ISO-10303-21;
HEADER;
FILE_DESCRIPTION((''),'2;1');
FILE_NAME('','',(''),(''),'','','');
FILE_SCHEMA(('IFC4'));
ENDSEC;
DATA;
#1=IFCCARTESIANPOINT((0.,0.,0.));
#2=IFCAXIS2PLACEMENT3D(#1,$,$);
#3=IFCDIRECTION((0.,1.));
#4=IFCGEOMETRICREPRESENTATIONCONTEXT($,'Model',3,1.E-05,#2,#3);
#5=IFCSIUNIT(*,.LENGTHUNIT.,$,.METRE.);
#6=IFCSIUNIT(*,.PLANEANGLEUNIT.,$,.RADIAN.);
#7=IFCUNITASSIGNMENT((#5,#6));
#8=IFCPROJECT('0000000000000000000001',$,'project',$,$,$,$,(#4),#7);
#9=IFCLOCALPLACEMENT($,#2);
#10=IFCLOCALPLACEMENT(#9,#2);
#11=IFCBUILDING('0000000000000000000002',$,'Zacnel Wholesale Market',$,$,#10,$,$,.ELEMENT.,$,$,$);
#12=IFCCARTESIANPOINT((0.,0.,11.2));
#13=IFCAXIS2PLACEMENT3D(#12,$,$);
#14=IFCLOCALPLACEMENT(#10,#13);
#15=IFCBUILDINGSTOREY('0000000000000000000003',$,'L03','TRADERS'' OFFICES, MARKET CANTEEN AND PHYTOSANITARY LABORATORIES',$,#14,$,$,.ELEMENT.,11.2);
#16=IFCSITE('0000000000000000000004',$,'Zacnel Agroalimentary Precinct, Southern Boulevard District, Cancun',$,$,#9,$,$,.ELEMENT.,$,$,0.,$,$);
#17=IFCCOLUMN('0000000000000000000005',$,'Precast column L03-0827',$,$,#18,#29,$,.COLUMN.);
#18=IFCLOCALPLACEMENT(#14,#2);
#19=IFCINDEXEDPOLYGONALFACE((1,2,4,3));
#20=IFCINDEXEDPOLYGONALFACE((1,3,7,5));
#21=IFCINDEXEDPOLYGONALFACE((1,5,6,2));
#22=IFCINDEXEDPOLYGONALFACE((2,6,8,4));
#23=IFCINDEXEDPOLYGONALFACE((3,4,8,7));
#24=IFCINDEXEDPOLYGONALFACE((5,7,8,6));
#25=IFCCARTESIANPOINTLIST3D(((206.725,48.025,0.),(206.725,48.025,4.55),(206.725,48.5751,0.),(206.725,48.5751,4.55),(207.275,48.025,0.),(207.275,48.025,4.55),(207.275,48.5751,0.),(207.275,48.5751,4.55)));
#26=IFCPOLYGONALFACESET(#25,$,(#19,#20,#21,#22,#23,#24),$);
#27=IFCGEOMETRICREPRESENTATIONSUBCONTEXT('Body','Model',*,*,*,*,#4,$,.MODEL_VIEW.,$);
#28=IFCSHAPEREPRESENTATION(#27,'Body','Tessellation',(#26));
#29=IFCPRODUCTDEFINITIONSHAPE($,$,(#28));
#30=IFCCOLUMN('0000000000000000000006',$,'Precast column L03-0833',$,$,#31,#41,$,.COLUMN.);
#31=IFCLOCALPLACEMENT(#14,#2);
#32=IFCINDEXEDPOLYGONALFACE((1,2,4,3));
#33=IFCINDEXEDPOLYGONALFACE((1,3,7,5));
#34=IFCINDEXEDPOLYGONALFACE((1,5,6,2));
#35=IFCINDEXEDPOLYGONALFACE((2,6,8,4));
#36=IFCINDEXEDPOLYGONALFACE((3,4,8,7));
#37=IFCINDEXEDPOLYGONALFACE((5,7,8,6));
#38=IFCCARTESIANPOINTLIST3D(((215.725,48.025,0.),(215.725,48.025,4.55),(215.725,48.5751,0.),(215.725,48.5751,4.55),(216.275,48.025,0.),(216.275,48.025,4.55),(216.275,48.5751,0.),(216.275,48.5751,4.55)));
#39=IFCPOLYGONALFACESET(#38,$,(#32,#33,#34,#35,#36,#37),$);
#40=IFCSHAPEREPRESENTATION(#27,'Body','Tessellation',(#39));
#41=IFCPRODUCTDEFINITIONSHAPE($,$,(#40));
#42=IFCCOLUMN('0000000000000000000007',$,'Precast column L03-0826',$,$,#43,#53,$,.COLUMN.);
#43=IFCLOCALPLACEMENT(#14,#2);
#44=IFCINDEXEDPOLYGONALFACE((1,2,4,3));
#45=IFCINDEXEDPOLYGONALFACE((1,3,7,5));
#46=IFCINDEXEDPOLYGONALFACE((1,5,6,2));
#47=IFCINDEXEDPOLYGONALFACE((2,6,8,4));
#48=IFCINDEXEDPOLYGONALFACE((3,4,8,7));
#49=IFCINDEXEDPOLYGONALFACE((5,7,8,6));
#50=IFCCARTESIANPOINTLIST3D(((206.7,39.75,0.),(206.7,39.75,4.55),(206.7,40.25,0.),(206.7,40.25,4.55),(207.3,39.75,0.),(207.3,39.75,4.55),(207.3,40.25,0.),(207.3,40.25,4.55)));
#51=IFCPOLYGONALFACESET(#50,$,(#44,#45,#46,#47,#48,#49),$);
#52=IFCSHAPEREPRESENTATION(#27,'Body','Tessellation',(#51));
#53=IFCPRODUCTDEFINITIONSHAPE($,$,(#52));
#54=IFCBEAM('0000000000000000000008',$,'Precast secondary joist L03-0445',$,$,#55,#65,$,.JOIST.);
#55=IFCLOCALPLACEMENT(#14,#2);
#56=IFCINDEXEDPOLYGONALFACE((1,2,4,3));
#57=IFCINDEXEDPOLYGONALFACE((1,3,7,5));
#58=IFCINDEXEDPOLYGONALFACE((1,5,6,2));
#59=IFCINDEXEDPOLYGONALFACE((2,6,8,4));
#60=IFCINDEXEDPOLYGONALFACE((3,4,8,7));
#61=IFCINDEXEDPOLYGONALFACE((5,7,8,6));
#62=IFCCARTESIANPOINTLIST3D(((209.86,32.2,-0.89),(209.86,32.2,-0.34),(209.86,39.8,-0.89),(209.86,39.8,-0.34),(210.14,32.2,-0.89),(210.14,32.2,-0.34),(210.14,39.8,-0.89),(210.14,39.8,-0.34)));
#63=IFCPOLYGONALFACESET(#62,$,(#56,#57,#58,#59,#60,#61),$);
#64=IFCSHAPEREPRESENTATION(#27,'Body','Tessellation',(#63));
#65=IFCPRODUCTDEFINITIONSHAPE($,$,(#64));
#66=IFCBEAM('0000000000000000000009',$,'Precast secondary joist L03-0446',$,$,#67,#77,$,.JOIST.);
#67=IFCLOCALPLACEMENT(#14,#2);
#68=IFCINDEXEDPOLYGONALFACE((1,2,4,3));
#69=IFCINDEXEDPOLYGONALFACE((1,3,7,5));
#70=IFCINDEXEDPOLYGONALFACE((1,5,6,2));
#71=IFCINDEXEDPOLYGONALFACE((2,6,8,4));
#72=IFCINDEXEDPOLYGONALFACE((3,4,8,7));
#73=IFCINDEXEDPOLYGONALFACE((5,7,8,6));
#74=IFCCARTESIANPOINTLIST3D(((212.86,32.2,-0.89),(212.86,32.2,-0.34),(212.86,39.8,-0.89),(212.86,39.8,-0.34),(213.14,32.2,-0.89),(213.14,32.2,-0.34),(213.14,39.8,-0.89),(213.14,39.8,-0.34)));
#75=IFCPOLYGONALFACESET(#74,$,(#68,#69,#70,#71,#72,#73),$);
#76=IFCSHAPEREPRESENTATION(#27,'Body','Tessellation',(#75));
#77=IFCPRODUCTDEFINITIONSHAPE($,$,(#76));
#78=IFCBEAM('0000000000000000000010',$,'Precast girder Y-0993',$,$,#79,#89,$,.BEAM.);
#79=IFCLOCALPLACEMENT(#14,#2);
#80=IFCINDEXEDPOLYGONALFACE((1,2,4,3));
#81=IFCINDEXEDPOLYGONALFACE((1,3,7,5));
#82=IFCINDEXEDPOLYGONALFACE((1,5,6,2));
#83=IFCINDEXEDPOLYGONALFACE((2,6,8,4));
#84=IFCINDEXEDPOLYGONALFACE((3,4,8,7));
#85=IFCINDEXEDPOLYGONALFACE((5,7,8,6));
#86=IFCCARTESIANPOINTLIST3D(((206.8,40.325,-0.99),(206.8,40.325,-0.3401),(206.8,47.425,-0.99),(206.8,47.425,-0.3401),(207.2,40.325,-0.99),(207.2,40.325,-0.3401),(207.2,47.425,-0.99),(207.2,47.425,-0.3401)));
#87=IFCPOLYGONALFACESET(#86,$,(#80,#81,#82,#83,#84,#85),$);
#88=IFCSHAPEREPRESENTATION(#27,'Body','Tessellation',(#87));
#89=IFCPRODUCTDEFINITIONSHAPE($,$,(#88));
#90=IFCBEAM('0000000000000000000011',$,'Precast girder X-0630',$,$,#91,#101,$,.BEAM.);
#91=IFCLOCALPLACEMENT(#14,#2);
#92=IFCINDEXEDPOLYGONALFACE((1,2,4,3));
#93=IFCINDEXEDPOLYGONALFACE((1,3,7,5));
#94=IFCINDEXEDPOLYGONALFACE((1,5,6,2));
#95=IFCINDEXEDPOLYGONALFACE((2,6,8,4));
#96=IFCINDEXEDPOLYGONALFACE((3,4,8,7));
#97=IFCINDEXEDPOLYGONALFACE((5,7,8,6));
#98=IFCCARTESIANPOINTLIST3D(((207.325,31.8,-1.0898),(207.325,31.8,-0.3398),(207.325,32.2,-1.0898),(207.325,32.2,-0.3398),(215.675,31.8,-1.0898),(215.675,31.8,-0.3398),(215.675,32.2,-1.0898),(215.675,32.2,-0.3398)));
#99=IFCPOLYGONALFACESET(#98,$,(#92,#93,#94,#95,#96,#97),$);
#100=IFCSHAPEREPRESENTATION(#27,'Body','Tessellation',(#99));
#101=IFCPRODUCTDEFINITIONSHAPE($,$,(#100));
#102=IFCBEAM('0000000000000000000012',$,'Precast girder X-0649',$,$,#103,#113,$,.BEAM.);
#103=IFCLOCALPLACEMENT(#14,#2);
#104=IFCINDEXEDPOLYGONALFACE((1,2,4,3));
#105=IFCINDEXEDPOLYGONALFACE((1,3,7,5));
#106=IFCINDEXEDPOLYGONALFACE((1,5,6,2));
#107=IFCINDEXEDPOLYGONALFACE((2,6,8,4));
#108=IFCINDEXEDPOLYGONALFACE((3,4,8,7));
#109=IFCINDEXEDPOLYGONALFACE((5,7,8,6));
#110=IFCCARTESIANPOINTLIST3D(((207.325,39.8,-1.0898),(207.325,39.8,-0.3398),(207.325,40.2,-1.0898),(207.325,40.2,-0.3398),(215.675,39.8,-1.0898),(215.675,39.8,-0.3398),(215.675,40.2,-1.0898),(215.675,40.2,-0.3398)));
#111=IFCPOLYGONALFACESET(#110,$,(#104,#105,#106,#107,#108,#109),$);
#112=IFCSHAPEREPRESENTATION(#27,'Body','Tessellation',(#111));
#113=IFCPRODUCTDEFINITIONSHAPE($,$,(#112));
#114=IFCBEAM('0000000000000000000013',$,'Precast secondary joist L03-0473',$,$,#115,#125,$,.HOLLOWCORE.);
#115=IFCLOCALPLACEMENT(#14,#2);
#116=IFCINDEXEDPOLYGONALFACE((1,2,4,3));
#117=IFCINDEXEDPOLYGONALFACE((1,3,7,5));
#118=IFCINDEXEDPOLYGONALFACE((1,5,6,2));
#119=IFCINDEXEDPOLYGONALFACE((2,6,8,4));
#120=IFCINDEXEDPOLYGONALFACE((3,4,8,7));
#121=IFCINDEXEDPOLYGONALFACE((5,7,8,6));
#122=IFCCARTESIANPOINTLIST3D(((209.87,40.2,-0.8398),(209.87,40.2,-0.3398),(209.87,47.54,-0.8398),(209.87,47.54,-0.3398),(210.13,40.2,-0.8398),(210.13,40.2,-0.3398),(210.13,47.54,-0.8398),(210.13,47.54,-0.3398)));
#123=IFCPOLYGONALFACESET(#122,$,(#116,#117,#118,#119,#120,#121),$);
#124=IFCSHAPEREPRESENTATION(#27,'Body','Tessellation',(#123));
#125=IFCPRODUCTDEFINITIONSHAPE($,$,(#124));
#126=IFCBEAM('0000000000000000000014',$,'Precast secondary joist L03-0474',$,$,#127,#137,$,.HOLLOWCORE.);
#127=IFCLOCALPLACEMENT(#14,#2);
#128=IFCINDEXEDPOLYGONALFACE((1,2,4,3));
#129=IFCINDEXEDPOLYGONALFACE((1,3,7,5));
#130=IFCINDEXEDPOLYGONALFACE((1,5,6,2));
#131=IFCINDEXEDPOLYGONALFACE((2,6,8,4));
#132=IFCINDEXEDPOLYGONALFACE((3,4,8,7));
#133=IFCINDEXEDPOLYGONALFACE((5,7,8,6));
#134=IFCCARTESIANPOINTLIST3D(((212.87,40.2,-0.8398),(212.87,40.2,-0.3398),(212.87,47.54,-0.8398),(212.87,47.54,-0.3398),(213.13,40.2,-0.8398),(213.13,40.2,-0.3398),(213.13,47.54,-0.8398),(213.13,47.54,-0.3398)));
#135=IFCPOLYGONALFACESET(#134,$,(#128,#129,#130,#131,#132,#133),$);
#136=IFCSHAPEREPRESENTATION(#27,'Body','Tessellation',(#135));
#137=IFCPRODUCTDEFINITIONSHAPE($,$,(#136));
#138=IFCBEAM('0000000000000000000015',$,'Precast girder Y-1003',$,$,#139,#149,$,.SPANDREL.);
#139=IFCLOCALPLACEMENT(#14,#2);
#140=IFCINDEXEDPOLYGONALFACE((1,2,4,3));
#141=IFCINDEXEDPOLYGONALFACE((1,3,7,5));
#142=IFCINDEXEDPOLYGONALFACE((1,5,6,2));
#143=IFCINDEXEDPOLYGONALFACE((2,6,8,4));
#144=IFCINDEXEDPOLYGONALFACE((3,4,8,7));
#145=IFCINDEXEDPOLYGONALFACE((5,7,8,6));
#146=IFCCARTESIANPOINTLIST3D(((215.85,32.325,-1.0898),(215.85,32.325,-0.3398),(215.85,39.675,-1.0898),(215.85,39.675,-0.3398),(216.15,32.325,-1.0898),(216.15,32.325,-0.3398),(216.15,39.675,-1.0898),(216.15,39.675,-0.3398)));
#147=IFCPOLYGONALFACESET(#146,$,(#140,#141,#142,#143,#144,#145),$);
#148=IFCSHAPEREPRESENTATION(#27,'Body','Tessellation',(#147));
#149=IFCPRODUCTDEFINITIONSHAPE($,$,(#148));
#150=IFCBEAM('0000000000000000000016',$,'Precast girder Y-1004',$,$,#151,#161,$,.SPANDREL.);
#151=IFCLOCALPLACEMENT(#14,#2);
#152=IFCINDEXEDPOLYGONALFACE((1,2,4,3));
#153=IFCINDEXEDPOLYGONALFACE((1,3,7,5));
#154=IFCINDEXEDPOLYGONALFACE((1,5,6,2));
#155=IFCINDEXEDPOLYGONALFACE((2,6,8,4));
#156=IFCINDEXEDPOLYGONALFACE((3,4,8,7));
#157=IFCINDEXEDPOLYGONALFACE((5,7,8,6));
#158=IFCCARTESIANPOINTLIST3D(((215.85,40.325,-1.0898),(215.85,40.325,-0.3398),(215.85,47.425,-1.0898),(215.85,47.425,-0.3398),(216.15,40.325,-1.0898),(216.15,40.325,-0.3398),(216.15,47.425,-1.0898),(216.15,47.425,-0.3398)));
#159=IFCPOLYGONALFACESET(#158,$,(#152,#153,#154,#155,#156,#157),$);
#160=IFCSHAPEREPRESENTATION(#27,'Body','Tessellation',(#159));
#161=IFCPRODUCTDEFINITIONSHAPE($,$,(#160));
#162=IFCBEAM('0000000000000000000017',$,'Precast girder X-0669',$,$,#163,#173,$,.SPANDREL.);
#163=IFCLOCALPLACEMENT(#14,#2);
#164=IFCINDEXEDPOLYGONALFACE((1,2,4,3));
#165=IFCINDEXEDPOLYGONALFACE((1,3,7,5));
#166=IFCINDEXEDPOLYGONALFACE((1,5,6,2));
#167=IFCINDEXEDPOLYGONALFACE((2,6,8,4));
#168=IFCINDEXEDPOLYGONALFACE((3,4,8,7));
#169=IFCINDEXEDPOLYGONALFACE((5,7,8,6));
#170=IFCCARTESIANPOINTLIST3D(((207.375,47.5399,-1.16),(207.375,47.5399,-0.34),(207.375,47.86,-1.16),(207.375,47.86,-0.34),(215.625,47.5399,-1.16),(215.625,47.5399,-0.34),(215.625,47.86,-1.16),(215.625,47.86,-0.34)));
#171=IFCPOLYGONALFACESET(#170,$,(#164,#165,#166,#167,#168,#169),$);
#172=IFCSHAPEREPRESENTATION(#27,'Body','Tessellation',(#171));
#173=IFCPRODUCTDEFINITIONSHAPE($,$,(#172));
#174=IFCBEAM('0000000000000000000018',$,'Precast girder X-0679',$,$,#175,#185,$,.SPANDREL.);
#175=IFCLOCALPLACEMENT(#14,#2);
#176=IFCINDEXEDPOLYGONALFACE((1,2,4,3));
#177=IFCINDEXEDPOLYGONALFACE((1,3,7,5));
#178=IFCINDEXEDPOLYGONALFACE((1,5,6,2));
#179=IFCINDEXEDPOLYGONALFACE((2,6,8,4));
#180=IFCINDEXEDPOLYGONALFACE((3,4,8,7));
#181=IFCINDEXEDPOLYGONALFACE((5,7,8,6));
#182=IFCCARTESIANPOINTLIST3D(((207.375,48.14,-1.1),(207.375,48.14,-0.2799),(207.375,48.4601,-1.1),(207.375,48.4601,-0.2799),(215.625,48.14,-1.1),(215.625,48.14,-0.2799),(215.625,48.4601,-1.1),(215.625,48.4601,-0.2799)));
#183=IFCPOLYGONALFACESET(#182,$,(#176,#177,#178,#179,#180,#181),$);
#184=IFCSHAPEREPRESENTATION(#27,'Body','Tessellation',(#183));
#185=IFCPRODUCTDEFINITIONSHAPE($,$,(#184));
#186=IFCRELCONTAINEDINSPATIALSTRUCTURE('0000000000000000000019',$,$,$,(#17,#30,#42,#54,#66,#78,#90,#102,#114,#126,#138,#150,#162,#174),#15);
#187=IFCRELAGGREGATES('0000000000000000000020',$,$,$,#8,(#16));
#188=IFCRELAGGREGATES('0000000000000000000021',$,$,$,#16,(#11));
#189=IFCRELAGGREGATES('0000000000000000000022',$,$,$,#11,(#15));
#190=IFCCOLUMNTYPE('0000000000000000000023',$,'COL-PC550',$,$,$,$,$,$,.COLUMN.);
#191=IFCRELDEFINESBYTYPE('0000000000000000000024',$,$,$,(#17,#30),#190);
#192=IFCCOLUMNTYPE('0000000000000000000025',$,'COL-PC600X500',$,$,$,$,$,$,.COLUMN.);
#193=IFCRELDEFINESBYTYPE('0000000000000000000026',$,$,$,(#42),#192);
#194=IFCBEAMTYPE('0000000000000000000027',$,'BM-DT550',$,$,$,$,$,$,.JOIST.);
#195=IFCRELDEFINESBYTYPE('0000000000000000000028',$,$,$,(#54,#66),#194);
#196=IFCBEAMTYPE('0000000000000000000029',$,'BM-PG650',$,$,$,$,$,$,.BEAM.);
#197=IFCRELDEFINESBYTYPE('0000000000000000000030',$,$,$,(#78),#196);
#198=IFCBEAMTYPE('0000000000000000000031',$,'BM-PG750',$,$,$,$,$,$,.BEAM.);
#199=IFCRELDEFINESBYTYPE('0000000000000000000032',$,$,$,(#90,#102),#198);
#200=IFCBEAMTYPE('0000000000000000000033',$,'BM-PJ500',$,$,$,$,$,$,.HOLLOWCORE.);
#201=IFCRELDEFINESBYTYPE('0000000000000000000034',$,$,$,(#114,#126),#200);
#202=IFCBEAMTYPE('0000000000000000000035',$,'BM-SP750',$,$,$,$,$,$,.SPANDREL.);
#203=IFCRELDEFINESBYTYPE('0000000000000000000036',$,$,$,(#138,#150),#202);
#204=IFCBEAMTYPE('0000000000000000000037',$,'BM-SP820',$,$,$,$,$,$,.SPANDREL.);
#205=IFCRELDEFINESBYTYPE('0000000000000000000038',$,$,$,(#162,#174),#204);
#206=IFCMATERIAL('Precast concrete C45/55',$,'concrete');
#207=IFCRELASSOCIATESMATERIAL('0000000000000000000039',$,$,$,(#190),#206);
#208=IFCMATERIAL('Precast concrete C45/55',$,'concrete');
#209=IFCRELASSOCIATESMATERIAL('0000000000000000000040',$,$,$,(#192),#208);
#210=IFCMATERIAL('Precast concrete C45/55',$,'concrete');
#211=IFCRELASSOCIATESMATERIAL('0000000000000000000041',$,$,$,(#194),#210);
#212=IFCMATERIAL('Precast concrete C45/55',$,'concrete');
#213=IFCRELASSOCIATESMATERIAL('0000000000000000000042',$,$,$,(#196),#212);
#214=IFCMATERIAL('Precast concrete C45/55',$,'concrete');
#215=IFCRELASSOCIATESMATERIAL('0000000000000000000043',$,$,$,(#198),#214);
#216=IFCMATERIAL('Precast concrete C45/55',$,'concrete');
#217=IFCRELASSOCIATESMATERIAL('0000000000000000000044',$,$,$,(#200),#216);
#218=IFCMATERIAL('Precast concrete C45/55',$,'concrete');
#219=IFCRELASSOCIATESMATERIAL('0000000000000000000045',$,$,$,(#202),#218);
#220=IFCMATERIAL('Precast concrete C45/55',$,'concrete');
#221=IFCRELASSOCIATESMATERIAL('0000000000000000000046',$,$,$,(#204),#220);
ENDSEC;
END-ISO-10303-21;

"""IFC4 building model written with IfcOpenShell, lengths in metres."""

from ifc_helpers import new_model, si_unit, direction, frame, origin, origin_2d, place, context, subcontext, project, spatial, rectangle, extrude, material, material_profile, profile_set, type_object, element, save


model = new_model("IFC4")

# Units and contexts
model_context = context("Model", 3, precision=1e-05, world=origin(), true_north=direction((0.0, 1.0)))
body_context = subcontext(model_context, "Body", "Model", "MODEL_VIEW")
ifc_project = project(units=[si_unit("LENGTHUNIT", "METRE"), si_unit("PLANEANGLEUNIT", "RADIAN")], contexts=[model_context])

# Site, building, storey
site_placement = place(None, origin())
site = spatial("IfcSite", under=ifc_project, at=site_placement, Name="Zacnel Agroalimentary Precinct, Southern Boulevard District, Cancun", CompositionType="ELEMENT", RefElevation=0.0)
building_placement = place(site_placement, origin())
building = spatial("IfcBuilding", under=site, at=building_placement, Name="Zacnel Wholesale Market", CompositionType="ELEMENT")
storey_placement = place(building_placement, frame((0.0, 0.0, 11.2)))
storey = spatial("IfcBuildingStorey", under=building, at=storey_placement, Name="L03", Description="TRADERS' OFFICES, MARKET CANTEEN AND PHYTOSANITARY LABORATORIES", CompositionType="ELEMENT", Elevation=11.2)

# Columns
ifc_material_1 = material(Name="Precast concrete C45/55", Category="concrete")
ifc_material_profile_1 = material_profile(ifc_material_1, rectangle(XDim=0.55, YDim=0.55, at=origin_2d()), Name="PC 550x550")
ifc_profile_set_1 = profile_set([ifc_material_profile_1], Name="Precast concrete C45/55")
column_type_1 = type_object("IfcColumnType", Name="COL-PC550", PredefinedType="COLUMN", material=ifc_profile_set_1)
for number, where, z_axis, x_axis, name in (
    (1, (207.0, 48.3, 0.0), (0.0, 0.0, 1.0), (1.0, 0.0, 0.0), "Precast column L03-0827"),
    (2, (216.0, 48.3, 0.0), (0.0, 0.0, 1.0), (1.0, 0.0, 0.0), "Precast column L03-0833"),
):
    element("IfcColumn", number, at=place(storey_placement, frame(where, z_axis=z_axis, x_axis=x_axis)), inside=storey, type_object=column_type_1, Name=name, PredefinedType="COLUMN", context=body_context, shape_type="SweptSolid", body=[
        extrude(rectangle(XDim=0.55, YDim=0.55, at=origin_2d()), origin(), (0.0, 0.0, 1.0), 4.55),
    ])
ifc_material_2 = material(Name="Precast concrete C45/55", Category="concrete")
ifc_material_profile_2 = material_profile(ifc_material_2, rectangle(XDim=0.6001, YDim=0.5, at=origin_2d()), Name="PC 600x500")
ifc_profile_set_2 = profile_set([ifc_material_profile_2], Name="Precast concrete C45/55")
column_type_2 = type_object("IfcColumnType", Name="COL-PC600X500", PredefinedType="COLUMN", material=ifc_profile_set_2)
column_placement = place(storey_placement, frame((207.0, 40.0, 0.0), z_axis=(0.0, 0.0, 1.0), x_axis=(1.0, 0.0, 0.0)))
element("IfcColumn", 3, at=column_placement, inside=storey, type_object=column_type_2, Name="Precast column L03-0826", PredefinedType="COLUMN", context=body_context, shape_type="SweptSolid", body=[
    extrude(rectangle(XDim=0.6001, YDim=0.5, at=origin_2d()), origin(), (0.0, 0.0, 1.0), 4.55),
])

# Beams
ifc_material_3 = material(Name="Precast concrete C45/55", Category="concrete")
ifc_material_profile_3 = material_profile(ifc_material_3, rectangle(XDim=0.28, YDim=0.55, at=origin_2d()), Name="DT RIB 280x550")
ifc_profile_set_3 = profile_set([ifc_material_profile_3], Name="Precast concrete C45/55")
beam_type_1 = type_object("IfcBeamType", Name="BM-DT550", PredefinedType="JOIST", material=ifc_profile_set_3)
for number, where, z_axis, x_axis, name in (
    (4, (210.0, 32.2, -0.615), (0.0, 1.0, 0.0), (-1.0, 0.0, 0.0), "Precast secondary joist L03-0445"),
    (5, (213.0, 32.2, -0.615), (0.0, 1.0, 0.0), (-1.0, 0.0, 0.0), "Precast secondary joist L03-0446"),
):
    element("IfcBeam", number, at=place(storey_placement, frame(where, z_axis=z_axis, x_axis=x_axis)), inside=storey, type_object=beam_type_1, Name=name, PredefinedType="JOIST", context=body_context, shape_type="SweptSolid", body=[
        extrude(rectangle(XDim=0.28, YDim=0.55, at=origin_2d()), origin(), (0.0, 0.0, 1.0), 7.6001),
    ])
ifc_material_4 = material(Name="Precast concrete C45/55", Category="concrete")
ifc_material_profile_4 = material_profile(ifc_material_4, rectangle(XDim=0.3999, YDim=0.6499, at=origin_2d()), Name="PG 400x650")
ifc_profile_set_4 = profile_set([ifc_material_profile_4], Name="Precast concrete C45/55")
beam_type_2 = type_object("IfcBeamType", Name="BM-PG650", PredefinedType="BEAM", material=ifc_profile_set_4)
beam_1_placement = place(storey_placement, frame((207.0, 40.325, -0.665), z_axis=(0.0, 1.0, 0.0), x_axis=(-1.0, 0.0, 0.0)))
element("IfcBeam", 6, at=beam_1_placement, inside=storey, type_object=beam_type_2, Name="Precast girder Y-0993", PredefinedType="BEAM", context=body_context, shape_type="SweptSolid", body=[
    extrude(rectangle(XDim=0.3999, YDim=0.6499, at=origin_2d()), origin(), (0.0, 0.0, 1.0), 7.1001),
])
ifc_material_5 = material(Name="Precast concrete C45/55", Category="concrete")
ifc_material_profile_5 = material_profile(ifc_material_5, rectangle(XDim=0.3999, YDim=0.75, at=origin_2d()), Name="PG 400x750")
ifc_profile_set_5 = profile_set([ifc_material_profile_5], Name="Precast concrete C45/55")
beam_type_3 = type_object("IfcBeamType", Name="BM-PG750", PredefinedType="BEAM", material=ifc_profile_set_5)
for number, where, z_axis, x_axis, name in (
    (7, (207.325, 32.0, -0.7148), (1.0, 0.0, 0.0), (0.0, 1.0, 0.0), "Precast girder X-0630"),
    (8, (207.325, 40.0, -0.7148), (1.0, 0.0, 0.0), (0.0, 1.0, 0.0), "Precast girder X-0649"),
):
    element("IfcBeam", number, at=place(storey_placement, frame(where, z_axis=z_axis, x_axis=x_axis)), inside=storey, type_object=beam_type_3, Name=name, PredefinedType="BEAM", context=body_context, shape_type="SweptSolid", body=[
        extrude(rectangle(XDim=0.3999, YDim=0.75, at=origin_2d()), origin(), (0.0, 0.0, 1.0), 8.3501),
    ])
ifc_material_6 = material(Name="Precast concrete C45/55", Category="concrete")
ifc_material_profile_6 = material_profile(ifc_material_6, rectangle(XDim=0.26, YDim=0.5, at=origin_2d()), Name="PJ 260x500")
ifc_profile_set_6 = profile_set([ifc_material_profile_6], Name="Precast concrete C45/55")
beam_type_4 = type_object("IfcBeamType", Name="BM-PJ500", PredefinedType="HOLLOWCORE", material=ifc_profile_set_6)
for number, where, z_axis, x_axis, name in (
    (9, (210.0, 40.2, -0.5898), (0.0, 1.0, 0.0), (-1.0, 0.0, 0.0), "Precast secondary joist L03-0473"),
    (10, (213.0, 40.2, -0.5898), (0.0, 1.0, 0.0), (-1.0, 0.0, 0.0), "Precast secondary joist L03-0474"),
):
    element("IfcBeam", number, at=place(storey_placement, frame(where, z_axis=z_axis, x_axis=x_axis)), inside=storey, type_object=beam_type_4, Name=name, PredefinedType="HOLLOWCORE", context=body_context, shape_type="SweptSolid", body=[
        extrude(rectangle(XDim=0.26, YDim=0.5, at=origin_2d()), origin(), (0.0, 0.0, 1.0), 7.3401),
    ])
ifc_material_7 = material(Name="Precast concrete C45/55", Category="concrete")
ifc_material_profile_7 = material_profile(ifc_material_7, rectangle(XDim=0.3, YDim=0.75, at=origin_2d()), Name="SP 300x750")
ifc_profile_set_7 = profile_set([ifc_material_profile_7], Name="Precast concrete C45/55")
beam_type_5 = type_object("IfcBeamType", Name="BM-SP750", PredefinedType="SPANDREL", material=ifc_profile_set_7)
beam_2_placement = place(storey_placement, frame((216.0, 32.325, -0.7148), z_axis=(0.0, 1.0, 0.0), x_axis=(-1.0, 0.0, 0.0)))
element("IfcBeam", 11, at=beam_2_placement, inside=storey, type_object=beam_type_5, Name="Precast girder Y-1003", PredefinedType="SPANDREL", context=body_context, shape_type="SweptSolid", body=[
    extrude(rectangle(XDim=0.3, YDim=0.75, at=origin_2d()), origin(), (0.0, 0.0, 1.0), 7.3501),
])
beam_3_placement = place(storey_placement, frame((216.0, 40.325, -0.7148), z_axis=(0.0, 1.0, 0.0), x_axis=(-1.0, 0.0, 0.0)))
element("IfcBeam", 12, at=beam_3_placement, inside=storey, type_object=beam_type_5, Name="Precast girder Y-1004", PredefinedType="SPANDREL", context=body_context, shape_type="SweptSolid", body=[
    extrude(rectangle(XDim=0.3, YDim=0.75, at=origin_2d()), origin(), (0.0, 0.0, 1.0), 7.1001),
])
ifc_material_8 = material(Name="Precast concrete C45/55", Category="concrete")
ifc_material_profile_8 = material_profile(ifc_material_8, rectangle(XDim=0.3201, YDim=0.8201, at=origin_2d()), Name="SP 320x820")
ifc_profile_set_8 = profile_set([ifc_material_profile_8], Name="Precast concrete C45/55")
beam_type_6 = type_object("IfcBeamType", Name="BM-SP820", PredefinedType="SPANDREL", material=ifc_profile_set_8)
for number, where, z_axis, x_axis, name in (
    (13, (207.375, 47.7, -0.75), (1.0, 0.0, 0.0), (0.0, 1.0, 0.0), "Precast girder X-0669"),
    (14, (207.375, 48.3, -0.6899), (1.0, 0.0, 0.0), (0.0, 1.0, 0.0), "Precast girder X-0679"),
):
    element("IfcBeam", number, at=place(storey_placement, frame(where, z_axis=z_axis, x_axis=x_axis)), inside=storey, type_object=beam_type_6, Name=name, PredefinedType="SPANDREL", context=body_context, shape_type="SweptSolid", body=[
        extrude(rectangle(XDim=0.3201, YDim=0.8201, at=origin_2d()), origin(), (0.0, 0.0, 1.0), 8.25),
    ])

save(model, "model.ifc")
